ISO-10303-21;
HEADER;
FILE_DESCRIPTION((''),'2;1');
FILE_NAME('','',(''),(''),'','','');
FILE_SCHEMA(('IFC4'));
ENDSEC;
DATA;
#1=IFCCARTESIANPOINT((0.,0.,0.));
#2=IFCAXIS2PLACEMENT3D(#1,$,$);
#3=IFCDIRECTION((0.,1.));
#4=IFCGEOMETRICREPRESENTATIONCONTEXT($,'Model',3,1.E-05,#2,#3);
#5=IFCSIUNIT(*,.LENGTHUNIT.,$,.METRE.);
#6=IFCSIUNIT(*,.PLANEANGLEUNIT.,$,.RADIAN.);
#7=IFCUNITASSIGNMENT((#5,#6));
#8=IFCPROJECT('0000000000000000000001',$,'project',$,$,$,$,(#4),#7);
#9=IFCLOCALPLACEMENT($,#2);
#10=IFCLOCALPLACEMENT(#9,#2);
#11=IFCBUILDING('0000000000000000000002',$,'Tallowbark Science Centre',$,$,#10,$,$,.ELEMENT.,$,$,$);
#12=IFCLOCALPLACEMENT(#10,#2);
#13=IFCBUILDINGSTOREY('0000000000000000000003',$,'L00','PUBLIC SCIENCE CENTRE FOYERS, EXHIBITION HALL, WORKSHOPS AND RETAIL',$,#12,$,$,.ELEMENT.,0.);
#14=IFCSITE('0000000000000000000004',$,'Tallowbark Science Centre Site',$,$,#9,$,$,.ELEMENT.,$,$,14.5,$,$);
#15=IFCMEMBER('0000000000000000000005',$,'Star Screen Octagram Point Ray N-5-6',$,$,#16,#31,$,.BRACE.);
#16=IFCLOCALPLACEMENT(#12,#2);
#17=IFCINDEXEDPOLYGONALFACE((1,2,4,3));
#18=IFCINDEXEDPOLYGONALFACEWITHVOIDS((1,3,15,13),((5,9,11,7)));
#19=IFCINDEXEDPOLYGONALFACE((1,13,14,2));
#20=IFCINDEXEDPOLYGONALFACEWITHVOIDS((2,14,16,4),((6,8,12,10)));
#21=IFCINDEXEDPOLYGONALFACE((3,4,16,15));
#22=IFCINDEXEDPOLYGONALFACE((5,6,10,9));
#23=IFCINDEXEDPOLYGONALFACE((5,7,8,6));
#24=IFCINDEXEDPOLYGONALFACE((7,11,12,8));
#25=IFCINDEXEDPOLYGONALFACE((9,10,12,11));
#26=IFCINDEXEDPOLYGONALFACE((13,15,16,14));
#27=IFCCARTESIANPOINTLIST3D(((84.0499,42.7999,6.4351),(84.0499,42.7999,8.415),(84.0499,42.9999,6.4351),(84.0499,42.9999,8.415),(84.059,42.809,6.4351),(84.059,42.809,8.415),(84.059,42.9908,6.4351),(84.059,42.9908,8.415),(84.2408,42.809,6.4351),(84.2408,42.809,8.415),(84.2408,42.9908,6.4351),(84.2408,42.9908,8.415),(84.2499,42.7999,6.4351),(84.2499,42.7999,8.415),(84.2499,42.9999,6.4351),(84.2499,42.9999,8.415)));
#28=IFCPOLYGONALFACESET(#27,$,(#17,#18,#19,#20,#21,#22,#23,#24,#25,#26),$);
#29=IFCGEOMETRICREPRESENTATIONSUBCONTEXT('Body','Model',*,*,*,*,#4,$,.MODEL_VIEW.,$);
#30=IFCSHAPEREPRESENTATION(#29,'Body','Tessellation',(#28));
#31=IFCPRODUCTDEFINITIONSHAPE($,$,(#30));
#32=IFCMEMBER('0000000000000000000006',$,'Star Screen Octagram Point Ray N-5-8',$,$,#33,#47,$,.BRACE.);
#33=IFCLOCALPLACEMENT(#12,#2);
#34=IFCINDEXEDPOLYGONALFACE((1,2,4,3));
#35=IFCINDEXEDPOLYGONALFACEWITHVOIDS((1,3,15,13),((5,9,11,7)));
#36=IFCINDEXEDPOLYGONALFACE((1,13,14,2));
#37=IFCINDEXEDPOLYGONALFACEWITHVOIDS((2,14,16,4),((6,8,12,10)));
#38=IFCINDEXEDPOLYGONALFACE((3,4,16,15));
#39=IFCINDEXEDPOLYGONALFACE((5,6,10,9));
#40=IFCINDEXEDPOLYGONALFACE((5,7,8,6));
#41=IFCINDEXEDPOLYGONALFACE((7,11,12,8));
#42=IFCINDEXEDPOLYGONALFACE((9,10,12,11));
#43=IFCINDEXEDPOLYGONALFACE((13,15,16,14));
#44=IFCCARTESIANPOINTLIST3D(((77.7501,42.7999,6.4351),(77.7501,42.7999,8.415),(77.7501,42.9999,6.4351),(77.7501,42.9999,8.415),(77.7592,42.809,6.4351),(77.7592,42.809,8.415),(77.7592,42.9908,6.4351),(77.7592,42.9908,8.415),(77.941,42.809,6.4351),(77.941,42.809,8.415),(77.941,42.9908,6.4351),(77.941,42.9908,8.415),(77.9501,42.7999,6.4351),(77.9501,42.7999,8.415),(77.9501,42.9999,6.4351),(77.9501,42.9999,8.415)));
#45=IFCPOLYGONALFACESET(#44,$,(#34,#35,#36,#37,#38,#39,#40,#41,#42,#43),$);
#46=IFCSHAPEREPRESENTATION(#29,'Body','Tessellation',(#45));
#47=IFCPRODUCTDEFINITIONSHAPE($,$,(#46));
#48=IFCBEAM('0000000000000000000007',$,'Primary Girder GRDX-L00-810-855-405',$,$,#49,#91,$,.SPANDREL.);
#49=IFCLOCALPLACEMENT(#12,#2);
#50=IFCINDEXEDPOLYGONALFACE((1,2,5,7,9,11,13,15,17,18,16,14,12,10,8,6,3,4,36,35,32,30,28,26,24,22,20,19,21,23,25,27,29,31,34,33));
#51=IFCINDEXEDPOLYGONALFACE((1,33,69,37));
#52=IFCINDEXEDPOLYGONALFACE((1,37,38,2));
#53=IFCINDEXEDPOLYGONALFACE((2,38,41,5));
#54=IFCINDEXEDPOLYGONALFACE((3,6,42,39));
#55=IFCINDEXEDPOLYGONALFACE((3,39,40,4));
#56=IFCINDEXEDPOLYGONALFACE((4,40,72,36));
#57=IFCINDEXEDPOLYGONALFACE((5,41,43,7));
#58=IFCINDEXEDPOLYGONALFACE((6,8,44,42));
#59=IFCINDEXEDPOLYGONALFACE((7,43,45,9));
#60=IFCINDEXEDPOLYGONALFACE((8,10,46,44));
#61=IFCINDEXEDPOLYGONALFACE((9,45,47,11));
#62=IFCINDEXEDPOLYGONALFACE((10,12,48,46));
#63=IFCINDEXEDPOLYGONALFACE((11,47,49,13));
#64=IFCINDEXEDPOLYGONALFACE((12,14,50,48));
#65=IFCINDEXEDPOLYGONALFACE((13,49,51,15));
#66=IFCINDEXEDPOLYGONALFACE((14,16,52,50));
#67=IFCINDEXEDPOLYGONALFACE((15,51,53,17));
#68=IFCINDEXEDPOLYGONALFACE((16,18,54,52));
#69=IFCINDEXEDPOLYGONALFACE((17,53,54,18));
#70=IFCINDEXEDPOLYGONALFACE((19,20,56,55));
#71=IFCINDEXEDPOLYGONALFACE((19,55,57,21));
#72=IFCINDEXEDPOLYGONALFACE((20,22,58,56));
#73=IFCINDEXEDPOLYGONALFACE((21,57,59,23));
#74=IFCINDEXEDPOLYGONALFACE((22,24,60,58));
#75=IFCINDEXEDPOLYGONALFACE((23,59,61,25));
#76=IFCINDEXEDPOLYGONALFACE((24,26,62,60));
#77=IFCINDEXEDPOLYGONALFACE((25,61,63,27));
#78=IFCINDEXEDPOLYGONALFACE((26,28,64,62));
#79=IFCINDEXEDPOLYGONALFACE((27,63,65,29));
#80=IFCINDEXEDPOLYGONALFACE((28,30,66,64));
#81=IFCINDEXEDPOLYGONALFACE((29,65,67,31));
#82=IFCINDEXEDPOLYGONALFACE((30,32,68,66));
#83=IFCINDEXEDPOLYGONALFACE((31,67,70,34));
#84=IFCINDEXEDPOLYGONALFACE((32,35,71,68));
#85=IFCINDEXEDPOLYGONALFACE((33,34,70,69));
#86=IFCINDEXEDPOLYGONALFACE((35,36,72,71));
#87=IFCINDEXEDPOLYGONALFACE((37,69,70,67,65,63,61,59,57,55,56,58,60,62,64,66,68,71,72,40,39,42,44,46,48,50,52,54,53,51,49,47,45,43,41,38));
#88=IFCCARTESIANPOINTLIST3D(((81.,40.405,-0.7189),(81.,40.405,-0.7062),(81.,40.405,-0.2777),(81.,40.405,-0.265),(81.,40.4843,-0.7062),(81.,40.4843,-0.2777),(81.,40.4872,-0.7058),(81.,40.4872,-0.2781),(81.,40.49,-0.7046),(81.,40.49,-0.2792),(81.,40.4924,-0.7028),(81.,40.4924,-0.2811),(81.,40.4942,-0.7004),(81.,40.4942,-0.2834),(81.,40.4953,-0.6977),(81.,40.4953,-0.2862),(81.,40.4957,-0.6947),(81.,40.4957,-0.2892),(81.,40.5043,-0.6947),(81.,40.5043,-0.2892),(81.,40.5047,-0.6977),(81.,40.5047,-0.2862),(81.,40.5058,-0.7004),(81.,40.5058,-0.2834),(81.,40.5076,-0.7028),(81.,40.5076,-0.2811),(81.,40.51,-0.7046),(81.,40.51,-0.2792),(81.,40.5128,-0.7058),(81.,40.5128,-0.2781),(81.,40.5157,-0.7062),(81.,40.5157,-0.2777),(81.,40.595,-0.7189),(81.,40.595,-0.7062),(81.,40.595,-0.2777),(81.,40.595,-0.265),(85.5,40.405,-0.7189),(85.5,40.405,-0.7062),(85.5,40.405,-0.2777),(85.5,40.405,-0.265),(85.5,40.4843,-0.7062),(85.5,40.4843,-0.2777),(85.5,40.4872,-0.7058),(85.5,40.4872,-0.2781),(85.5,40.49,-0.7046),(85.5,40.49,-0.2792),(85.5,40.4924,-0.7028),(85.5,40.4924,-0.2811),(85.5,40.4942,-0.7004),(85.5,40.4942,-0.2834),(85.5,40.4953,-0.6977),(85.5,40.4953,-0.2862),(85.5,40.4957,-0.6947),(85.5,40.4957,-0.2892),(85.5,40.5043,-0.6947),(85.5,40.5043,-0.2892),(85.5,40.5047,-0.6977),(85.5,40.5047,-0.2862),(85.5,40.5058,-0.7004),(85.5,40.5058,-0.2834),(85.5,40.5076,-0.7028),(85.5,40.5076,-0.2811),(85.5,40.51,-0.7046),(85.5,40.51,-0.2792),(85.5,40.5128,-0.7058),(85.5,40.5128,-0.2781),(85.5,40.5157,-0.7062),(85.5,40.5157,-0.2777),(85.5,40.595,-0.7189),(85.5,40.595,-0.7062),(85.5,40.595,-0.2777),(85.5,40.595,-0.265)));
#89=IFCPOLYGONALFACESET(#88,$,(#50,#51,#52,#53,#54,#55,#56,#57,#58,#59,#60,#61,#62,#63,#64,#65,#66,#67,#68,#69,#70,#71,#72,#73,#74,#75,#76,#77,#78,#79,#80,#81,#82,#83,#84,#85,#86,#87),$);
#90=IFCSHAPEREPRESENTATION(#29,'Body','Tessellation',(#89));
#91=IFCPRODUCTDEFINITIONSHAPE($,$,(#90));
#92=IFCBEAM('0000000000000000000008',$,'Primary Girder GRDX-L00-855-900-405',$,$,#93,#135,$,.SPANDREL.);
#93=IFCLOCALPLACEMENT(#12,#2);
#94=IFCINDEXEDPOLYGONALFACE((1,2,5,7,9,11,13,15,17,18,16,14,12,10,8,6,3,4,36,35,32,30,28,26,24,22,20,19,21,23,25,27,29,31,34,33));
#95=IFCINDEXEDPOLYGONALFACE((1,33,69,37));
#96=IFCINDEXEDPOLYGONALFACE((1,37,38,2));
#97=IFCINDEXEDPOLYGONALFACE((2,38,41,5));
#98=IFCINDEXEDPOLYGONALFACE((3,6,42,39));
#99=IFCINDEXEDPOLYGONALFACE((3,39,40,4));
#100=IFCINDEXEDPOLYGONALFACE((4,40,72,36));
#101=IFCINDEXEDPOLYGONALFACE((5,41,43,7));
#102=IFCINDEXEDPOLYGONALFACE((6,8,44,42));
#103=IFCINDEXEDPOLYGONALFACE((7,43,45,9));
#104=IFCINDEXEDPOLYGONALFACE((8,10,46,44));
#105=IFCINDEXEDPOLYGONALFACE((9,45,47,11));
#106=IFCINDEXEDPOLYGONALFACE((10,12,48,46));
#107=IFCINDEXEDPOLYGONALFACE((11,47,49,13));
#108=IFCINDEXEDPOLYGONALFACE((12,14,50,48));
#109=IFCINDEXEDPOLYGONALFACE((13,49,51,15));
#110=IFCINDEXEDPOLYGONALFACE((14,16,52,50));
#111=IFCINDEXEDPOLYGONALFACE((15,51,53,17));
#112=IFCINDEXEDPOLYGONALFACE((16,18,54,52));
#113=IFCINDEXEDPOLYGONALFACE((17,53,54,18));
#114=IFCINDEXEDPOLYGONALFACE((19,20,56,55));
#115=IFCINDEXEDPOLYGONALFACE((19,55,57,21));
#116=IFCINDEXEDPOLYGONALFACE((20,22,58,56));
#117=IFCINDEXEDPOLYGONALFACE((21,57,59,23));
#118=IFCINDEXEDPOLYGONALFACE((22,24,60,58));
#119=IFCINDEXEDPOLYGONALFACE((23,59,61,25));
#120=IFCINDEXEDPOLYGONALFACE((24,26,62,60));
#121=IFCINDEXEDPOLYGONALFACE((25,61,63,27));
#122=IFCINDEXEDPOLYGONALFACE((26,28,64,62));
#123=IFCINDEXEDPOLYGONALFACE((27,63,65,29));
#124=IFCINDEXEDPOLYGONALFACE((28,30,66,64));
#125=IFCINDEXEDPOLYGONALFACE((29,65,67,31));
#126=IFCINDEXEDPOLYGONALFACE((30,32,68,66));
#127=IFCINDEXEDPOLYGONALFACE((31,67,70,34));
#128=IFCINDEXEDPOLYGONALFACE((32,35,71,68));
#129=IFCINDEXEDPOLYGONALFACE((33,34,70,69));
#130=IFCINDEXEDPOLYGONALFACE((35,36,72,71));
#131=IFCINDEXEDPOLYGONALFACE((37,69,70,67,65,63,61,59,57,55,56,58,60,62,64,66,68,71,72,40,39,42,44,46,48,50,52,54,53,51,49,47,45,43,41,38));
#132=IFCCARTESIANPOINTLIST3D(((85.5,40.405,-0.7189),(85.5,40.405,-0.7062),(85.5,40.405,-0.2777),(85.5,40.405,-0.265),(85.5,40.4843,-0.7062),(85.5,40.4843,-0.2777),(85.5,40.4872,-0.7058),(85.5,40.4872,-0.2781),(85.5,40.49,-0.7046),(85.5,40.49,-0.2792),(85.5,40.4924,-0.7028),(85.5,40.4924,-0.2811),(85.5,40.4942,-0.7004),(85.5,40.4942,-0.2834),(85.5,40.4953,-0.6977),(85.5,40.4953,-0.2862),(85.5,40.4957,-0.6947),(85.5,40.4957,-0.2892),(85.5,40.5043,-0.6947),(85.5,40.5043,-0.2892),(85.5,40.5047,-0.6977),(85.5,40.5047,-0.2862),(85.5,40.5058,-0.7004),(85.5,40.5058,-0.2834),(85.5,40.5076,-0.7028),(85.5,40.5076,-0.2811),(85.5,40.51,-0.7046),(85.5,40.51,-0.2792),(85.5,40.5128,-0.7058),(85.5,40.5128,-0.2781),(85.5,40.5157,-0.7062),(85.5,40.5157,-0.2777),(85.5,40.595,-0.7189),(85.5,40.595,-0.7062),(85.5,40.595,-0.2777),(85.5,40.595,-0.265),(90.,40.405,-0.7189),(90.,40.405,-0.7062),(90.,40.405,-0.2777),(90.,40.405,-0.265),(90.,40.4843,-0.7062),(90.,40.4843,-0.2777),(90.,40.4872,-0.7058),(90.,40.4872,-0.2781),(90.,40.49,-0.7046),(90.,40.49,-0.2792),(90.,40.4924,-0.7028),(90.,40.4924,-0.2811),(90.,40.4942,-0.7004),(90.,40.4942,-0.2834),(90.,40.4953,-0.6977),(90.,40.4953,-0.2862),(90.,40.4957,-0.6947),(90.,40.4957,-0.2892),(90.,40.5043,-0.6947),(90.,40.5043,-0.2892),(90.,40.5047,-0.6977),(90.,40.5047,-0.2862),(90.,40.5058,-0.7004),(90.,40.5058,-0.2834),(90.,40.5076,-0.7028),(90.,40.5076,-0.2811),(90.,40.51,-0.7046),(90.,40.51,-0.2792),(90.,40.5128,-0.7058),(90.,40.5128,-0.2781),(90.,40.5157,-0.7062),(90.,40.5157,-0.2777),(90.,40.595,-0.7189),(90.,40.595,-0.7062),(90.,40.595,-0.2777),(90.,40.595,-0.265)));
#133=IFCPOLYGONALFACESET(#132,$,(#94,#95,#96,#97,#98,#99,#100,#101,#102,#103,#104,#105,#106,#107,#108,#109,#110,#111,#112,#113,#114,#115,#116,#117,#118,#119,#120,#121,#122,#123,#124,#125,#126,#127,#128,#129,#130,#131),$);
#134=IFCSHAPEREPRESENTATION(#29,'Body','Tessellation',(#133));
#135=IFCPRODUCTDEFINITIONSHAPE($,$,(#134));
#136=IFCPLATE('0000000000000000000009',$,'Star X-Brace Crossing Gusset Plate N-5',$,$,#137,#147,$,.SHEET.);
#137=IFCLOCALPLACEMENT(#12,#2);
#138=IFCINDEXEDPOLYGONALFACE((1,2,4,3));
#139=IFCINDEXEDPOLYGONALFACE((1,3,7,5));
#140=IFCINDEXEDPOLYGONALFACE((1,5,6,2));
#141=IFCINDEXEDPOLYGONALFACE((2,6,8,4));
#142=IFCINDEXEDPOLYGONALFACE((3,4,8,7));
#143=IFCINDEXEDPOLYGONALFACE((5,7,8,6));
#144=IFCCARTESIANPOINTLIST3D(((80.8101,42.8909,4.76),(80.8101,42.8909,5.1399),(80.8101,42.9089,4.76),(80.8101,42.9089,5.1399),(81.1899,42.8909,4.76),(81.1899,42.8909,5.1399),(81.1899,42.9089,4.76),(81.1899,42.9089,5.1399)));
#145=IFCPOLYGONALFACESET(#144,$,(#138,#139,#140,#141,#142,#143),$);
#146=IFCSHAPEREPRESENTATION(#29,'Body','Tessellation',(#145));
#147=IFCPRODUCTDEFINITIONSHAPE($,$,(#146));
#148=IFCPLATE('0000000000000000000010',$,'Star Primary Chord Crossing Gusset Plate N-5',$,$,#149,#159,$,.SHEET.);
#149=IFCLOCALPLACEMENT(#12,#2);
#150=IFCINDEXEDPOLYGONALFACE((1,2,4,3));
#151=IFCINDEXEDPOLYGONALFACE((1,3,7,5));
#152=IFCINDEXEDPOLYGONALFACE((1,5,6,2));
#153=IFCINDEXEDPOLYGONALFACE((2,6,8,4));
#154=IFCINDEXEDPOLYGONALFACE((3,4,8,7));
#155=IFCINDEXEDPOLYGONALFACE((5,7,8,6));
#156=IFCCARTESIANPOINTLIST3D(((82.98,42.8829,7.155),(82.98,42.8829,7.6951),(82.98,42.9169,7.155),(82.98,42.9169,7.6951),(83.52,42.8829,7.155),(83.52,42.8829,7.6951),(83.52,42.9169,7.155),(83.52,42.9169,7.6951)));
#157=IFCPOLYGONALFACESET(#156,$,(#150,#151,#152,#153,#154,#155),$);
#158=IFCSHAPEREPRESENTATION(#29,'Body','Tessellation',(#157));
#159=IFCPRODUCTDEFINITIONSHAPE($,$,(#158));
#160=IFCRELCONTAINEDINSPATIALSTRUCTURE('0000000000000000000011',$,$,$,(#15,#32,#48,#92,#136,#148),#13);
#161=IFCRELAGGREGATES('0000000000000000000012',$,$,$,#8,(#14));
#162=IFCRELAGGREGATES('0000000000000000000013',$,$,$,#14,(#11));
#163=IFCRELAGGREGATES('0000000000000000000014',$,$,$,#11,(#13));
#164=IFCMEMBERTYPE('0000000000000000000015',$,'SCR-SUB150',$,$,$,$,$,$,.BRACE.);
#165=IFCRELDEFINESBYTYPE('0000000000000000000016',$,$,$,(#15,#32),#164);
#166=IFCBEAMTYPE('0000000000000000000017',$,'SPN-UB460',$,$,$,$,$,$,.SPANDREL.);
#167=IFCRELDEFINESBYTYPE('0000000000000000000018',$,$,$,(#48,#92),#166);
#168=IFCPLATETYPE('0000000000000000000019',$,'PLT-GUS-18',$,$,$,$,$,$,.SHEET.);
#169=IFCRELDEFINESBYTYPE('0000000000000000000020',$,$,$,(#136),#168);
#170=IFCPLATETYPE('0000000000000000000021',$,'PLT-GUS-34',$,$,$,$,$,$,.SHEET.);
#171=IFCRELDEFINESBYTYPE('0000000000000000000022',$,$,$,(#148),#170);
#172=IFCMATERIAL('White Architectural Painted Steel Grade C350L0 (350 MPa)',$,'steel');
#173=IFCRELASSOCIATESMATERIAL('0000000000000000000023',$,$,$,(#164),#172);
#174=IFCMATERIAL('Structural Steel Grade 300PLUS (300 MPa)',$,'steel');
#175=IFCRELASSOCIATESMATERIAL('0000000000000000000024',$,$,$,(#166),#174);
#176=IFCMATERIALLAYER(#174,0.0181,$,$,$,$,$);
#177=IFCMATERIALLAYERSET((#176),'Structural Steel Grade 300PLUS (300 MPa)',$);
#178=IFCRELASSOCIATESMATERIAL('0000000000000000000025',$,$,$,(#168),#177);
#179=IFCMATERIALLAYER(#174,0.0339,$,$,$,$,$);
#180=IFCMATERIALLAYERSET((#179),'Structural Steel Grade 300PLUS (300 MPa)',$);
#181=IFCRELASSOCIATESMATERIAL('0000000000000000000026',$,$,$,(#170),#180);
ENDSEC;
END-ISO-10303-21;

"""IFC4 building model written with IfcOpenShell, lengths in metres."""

from ifc_helpers import new_model, si_unit, direction, frame, origin, origin_2d, place, context, subcontext, project, spatial, rectangle, hollow_rectangle, i_section, extrude, material, layer, layer_set, material_profile, profile_set, type_object, element, save


model = new_model("IFC4")

# Units and contexts
model_context = context("Model", 3, precision=1e-05, world=origin(), true_north=direction((0.0, 1.0)))
body_context = subcontext(model_context, "Body", "Model", "MODEL_VIEW")
ifc_project = project(units=[si_unit("LENGTHUNIT", "METRE"), si_unit("PLANEANGLEUNIT", "RADIAN")], contexts=[model_context])

# Site, building, storey
site_placement = place(None, origin())
site = spatial("IfcSite", under=ifc_project, at=site_placement, Name="Tallowbark Science Centre Site", CompositionType="ELEMENT", RefElevation=14.5)
building_placement = place(site_placement, origin())
building = spatial("IfcBuilding", under=site, at=building_placement, Name="Tallowbark Science Centre", CompositionType="ELEMENT")
storey_placement = place(building_placement, origin())
storey = spatial("IfcBuildingStorey", under=building, at=storey_placement, Name="L00", Description="PUBLIC SCIENCE CENTRE FOYERS, EXHIBITION HALL, WORKSHOPS AND RETAIL", CompositionType="ELEMENT", Elevation=0.0)

# Shared definitions
ifc_material_1 = material(Name="White Architectural Painted Steel Grade C350L0 (350 MPa)", Category="steel")
ifc_material_2 = material(Name="Structural Steel Grade 300PLUS (300 MPa)", Category="steel")

# Members
ifc_material_profile_1 = material_profile(ifc_material_1, hollow_rectangle(XDim=0.2, YDim=0.2, WallThickness=0.009, at=origin_2d()), Name="200x200x9.0SHS")
ifc_profile_set_1 = profile_set([ifc_material_profile_1], Name="White Architectural Painted Steel Grade C350L0 (350 MPa)")
member_type_1 = type_object("IfcMemberType", Name="SCR-SUB150", PredefinedType="BRACE", material=ifc_profile_set_1)
for number, where, z_axis, x_axis, name in (
    (1, (84.1499, 42.8999, 8.415), (0.0, 0.0, -1.0), (1.0, 0.0, 0.0), "Star Screen Octagram Point Ray N-5-6"),
    (2, (77.8501, 42.8999, 8.415), (0.0, 0.0, -1.0), (1.0, 0.0, 0.0), "Star Screen Octagram Point Ray N-5-8"),
):
    element("IfcMember", number, at=place(storey_placement, frame(where, z_axis=z_axis, x_axis=x_axis)), inside=storey, type_object=member_type_1, Name=name, PredefinedType="BRACE", context=body_context, shape_type="SweptSolid", body=[
        extrude(hollow_rectangle(XDim=0.2, YDim=0.2, WallThickness=0.009, at=origin_2d()), origin(), (0.0, 0.0, 1.0), 1.98),
    ])

# Beams
ifc_material_profile_2 = material_profile(ifc_material_2, i_section(OverallWidth=0.1899, OverallDepth=0.4539, WebThickness=0.0085, FlangeThickness=0.0127, FilletRadius=0.0115, at=origin_2d()), Name="460UB67.1")
ifc_profile_set_2 = profile_set([ifc_material_profile_2], Name="Structural Steel Grade 300PLUS (300 MPa)")
beam_type = type_object("IfcBeamType", Name="SPN-UB460", PredefinedType="SPANDREL", material=ifc_profile_set_2)
for number, where, z_axis, x_axis, name in (
    (3, (81.0, 40.5, -0.4919), (1.0, 0.0, 0.0), (0.0, 1.0, 0.0), "Primary Girder GRDX-L00-810-855-405"),
    (4, (85.5, 40.5, -0.4919), (1.0, 0.0, 0.0), (0.0, 1.0, 0.0), "Primary Girder GRDX-L00-855-900-405"),
):
    element("IfcBeam", number, at=place(storey_placement, frame(where, z_axis=z_axis, x_axis=x_axis)), inside=storey, type_object=beam_type, Name=name, PredefinedType="SPANDREL", context=body_context, shape_type="SweptSolid", body=[
        extrude(i_section(OverallWidth=0.1899, OverallDepth=0.4539, WebThickness=0.0085, FlangeThickness=0.0127, FilletRadius=0.0115, at=origin_2d()), origin(), (0.0, 0.0, 1.0), 4.5),
    ])

# Plates
ifc_layer_1 = layer(ifc_material_2, 0.0181)
ifc_layer_set_1 = layer_set([ifc_layer_1], Name="Structural Steel Grade 300PLUS (300 MPa)")
plate_type_1 = type_object("IfcPlateType", Name="PLT-GUS-18", PredefinedType="SHEET", material=ifc_layer_set_1)
plate_1_placement = place(storey_placement, frame((81.0, 42.8999, 4.76), z_axis=(0.0, 0.0, 1.0), x_axis=(1.0, 0.0, 0.0)))
element("IfcPlate", 5, at=plate_1_placement, inside=storey, type_object=plate_type_1, Name="Star X-Brace Crossing Gusset Plate N-5", PredefinedType="SHEET", context=body_context, shape_type="SweptSolid", body=[
    extrude(rectangle(XDim=0.3799, YDim=0.0181, at=origin_2d()), origin(), (0.0, 0.0, 1.0), 0.3799),
])
ifc_layer_2 = layer(ifc_material_2, 0.0339)
ifc_layer_set_2 = layer_set([ifc_layer_2], Name="Structural Steel Grade 300PLUS (300 MPa)")
plate_type_2 = type_object("IfcPlateType", Name="PLT-GUS-34", PredefinedType="SHEET", material=ifc_layer_set_2)
plate_2_placement = place(storey_placement, frame((83.25, 42.8999, 7.155), z_axis=(0.0, 0.0, 1.0), x_axis=(1.0, 0.0, 0.0)))
element("IfcPlate", 6, at=plate_2_placement, inside=storey, type_object=plate_type_2, Name="Star Primary Chord Crossing Gusset Plate N-5", PredefinedType="SHEET", context=body_context, shape_type="SweptSolid", body=[
    extrude(rectangle(XDim=0.54, YDim=0.0339, at=origin_2d()), origin(), (0.0, 0.0, 1.0), 0.54),
])

save(model, "model.ifc")
